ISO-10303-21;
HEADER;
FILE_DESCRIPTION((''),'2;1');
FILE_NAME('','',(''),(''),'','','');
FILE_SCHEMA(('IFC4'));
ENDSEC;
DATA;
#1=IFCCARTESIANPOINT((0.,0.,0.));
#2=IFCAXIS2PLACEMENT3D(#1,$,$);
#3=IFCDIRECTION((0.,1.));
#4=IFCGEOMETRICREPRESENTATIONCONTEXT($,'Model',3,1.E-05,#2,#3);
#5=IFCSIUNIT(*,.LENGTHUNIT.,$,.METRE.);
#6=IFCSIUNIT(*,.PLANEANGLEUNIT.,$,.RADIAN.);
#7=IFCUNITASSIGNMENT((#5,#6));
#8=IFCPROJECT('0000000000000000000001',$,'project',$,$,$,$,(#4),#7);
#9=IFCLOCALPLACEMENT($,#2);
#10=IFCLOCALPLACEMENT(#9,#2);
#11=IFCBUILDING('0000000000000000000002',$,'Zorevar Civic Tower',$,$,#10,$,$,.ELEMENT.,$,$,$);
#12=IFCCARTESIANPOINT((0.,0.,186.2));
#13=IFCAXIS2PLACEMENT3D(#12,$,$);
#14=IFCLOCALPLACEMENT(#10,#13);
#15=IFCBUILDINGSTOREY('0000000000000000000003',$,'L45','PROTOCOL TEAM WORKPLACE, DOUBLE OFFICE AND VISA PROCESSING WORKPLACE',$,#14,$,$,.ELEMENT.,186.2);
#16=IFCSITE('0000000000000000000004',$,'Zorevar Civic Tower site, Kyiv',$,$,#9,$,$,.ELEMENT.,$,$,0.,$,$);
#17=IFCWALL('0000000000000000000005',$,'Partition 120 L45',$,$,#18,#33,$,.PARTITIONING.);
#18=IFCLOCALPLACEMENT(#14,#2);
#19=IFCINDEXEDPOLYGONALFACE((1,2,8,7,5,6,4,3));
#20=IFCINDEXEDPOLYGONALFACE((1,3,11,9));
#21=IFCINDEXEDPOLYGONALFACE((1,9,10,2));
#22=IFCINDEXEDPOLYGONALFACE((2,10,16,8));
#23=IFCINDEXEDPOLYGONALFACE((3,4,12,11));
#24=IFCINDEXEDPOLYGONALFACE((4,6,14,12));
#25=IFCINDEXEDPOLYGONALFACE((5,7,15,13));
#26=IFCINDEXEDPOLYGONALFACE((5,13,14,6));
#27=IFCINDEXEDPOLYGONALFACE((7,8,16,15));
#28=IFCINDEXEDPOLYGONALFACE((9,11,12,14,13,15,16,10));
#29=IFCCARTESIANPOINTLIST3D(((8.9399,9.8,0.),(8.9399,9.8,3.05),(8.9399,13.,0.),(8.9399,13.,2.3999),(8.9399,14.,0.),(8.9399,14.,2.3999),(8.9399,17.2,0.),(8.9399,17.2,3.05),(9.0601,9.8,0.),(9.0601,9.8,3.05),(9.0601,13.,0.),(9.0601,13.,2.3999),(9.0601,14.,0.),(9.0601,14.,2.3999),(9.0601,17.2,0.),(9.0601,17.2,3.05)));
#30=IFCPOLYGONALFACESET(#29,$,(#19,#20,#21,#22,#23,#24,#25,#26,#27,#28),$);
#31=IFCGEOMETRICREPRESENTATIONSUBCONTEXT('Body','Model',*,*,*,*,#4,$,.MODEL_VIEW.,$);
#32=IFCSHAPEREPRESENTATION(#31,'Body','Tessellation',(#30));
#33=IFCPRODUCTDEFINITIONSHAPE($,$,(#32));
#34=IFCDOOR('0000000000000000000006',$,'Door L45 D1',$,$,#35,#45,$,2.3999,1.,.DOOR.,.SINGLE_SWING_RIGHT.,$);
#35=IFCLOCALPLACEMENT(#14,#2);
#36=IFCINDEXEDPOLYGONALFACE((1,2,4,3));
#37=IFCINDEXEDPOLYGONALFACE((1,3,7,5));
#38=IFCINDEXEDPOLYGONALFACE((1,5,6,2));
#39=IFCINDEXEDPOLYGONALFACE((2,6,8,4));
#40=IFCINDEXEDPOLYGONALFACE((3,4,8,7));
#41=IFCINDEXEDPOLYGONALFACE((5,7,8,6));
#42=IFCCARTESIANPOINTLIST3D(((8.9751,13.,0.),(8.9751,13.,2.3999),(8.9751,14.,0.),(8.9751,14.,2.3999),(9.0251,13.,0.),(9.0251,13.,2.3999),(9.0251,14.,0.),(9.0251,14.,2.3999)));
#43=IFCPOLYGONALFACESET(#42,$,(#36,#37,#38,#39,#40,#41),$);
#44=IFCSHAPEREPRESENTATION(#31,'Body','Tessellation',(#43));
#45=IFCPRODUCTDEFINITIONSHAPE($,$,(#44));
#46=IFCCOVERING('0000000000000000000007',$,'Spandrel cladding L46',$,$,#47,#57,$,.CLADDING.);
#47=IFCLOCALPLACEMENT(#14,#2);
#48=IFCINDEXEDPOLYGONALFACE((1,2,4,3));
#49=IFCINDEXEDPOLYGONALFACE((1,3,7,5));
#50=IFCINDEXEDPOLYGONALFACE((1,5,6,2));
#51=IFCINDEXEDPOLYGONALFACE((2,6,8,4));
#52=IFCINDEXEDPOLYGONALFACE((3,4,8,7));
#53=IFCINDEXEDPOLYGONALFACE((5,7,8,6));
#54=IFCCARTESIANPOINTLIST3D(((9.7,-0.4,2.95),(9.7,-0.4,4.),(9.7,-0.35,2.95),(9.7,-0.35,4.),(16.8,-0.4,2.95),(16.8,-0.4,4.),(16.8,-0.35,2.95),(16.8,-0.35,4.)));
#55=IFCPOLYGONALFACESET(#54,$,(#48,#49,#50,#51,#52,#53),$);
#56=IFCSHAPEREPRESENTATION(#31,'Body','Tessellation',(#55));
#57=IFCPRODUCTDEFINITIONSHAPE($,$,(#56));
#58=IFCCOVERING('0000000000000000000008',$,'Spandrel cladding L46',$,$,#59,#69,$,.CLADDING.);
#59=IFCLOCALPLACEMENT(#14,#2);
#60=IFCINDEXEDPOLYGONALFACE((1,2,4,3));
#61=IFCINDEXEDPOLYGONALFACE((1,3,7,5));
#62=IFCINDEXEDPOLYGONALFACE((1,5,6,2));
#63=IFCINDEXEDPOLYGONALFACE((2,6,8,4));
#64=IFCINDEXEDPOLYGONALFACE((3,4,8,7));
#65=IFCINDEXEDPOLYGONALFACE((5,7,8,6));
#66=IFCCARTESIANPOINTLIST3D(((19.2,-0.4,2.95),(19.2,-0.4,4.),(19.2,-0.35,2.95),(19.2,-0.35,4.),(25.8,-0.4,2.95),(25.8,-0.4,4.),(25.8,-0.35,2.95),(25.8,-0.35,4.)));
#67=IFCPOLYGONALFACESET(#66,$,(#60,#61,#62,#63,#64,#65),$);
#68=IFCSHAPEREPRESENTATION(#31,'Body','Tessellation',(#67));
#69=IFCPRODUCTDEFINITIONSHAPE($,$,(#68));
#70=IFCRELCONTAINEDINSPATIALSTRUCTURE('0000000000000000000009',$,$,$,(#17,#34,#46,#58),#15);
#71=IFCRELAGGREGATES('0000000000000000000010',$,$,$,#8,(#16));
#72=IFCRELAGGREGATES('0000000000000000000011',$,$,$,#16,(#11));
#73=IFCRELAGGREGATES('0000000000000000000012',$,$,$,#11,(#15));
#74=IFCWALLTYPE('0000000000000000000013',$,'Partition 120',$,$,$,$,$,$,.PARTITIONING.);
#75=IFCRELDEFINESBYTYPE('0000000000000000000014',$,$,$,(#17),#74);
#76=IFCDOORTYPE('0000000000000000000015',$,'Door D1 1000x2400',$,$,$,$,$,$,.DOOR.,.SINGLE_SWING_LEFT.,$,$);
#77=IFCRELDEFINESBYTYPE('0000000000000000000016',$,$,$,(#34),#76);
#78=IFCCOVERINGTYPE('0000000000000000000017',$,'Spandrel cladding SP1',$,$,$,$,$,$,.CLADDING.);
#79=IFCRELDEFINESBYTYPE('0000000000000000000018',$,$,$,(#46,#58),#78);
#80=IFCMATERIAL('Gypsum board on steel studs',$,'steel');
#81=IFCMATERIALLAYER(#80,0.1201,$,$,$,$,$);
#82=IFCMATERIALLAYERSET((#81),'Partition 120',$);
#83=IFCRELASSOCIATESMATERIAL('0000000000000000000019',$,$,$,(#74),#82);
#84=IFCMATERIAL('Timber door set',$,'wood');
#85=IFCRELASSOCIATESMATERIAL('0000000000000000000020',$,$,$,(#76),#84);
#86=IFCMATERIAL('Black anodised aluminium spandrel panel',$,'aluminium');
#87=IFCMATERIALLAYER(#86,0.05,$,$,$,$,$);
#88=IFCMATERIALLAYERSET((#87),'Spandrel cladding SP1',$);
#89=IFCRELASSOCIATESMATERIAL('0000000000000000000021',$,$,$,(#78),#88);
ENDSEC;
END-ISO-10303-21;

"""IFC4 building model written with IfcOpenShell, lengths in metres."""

from ifc_helpers import new_model, si_unit, direction, frame, frame_2d, origin, place, context, subcontext, project, spatial, rectangle, extrude, material, layer, layer_set, type_object, element, fill, save


model = new_model("IFC4")

# Units and contexts
model_context = context("Model", 3, precision=1e-05, world=origin(), true_north=direction((0.0, 1.0)))
body_context = subcontext(model_context, "Body", "Model", "MODEL_VIEW")
ifc_project = project(units=[si_unit("LENGTHUNIT", "METRE"), si_unit("PLANEANGLEUNIT", "RADIAN")], contexts=[model_context])

# Site, building, storey
site_placement = place(None, origin())
site = spatial("IfcSite", under=ifc_project, at=site_placement, Name="Zorevar Civic Tower site, Kyiv", CompositionType="ELEMENT", RefElevation=0.0)
building_placement = place(site_placement, origin())
building = spatial("IfcBuilding", under=site, at=building_placement, Name="Zorevar Civic Tower", CompositionType="ELEMENT")
storey_placement = place(building_placement, frame((0.0, 0.0, 186.2)))
storey = spatial("IfcBuildingStorey", under=building, at=storey_placement, Name="L45", Description="PROTOCOL TEAM WORKPLACE, DOUBLE OFFICE AND VISA PROCESSING WORKPLACE", CompositionType="ELEMENT", Elevation=186.2)

# Wall, opening, door
ifc_material_1 = material(Name="Gypsum board on steel studs", Category="steel")
ifc_layer_1 = layer(ifc_material_1, 0.1201)
ifc_layer_set_1 = layer_set([ifc_layer_1], Name="Partition 120")
wall_type_1 = type_object("IfcWallType", Name="Partition 120", PredefinedType="PARTITIONING", material=ifc_layer_set_1)
wall_1_placement = place(storey_placement, frame((9.0, 9.8, 0.0), z_axis=(0.0, 0.0, 1.0), x_axis=(0.0, 1.0, 0.0)))
wall_1 = element("IfcWall", 1, at=wall_1_placement, inside=storey, type_object=wall_type_1, Name="Partition 120 L45", PredefinedType="PARTITIONING", context=body_context, shape_type="SweptSolid", body=[
    extrude(rectangle(XDim=7.3999, YDim=0.1201, at=frame_2d((3.7, 0.0))), origin(), (0.0, 0.0, 1.0), 3.05),
])
opening_1_placement = place(wall_1_placement, frame((3.2, 0.0, 0.0)))
opening_1 = element("IfcOpeningElement", 2, at=opening_1_placement, cuts=wall_1, PredefinedType="OPENING", context=body_context, shape_type="SweptSolid", body=[
    extrude(rectangle(XDim=1.0, YDim=2.3999, at=frame_2d((0.5, 1.2))), frame((0.0, 0.0701, 0.0), z_axis=(0.0, -1.0, 0.0), x_axis=(1.0, 0.0, 0.0)), (0.0, 0.0, 1.0), 0.1401),
])
ifc_material_2 = material(Name="Timber door set", Category="wood")
door_type_1 = type_object("IfcDoorType", Name="Door D1 1000x2400", OperationType="SINGLE_SWING_LEFT", PredefinedType="DOOR", material=ifc_material_2)
door_1_placement = place(opening_1_placement, origin())
door_1 = element("IfcDoor", 3, at=door_1_placement, inside=storey, type_object=door_type_1, Name="Door L45 D1", OperationType="SINGLE_SWING_RIGHT", OverallHeight=2.3999, OverallWidth=1.0, PredefinedType="DOOR", context=body_context, shape_type="SweptSolid", body=[
    extrude(rectangle(XDim=1.0, YDim=2.3999, at=frame_2d((0.5, 1.2))), frame((0.0, 0.0249, 0.0), z_axis=(0.0, -1.0, 0.0), x_axis=(1.0, 0.0, 0.0)), (0.0, 0.0, 1.0), 0.05),
])
fill(opening_1, door_1)

# Coverings
ifc_material_3 = material(Name="Black anodised aluminium spandrel panel", Category="aluminium")
ifc_layer_2 = layer(ifc_material_3, 0.05)
ifc_layer_set_2 = layer_set([ifc_layer_2], Name="Spandrel cladding SP1")
covering_type = type_object("IfcCoveringType", Name="Spandrel cladding SP1", PredefinedType="CLADDING", material=ifc_layer_set_2)
covering_1_placement = place(storey_placement, frame((9.7, -0.375, 2.95), z_axis=(0.0, 0.0, 1.0), x_axis=(1.0, 0.0, 0.0)))
element("IfcCovering", 4, at=covering_1_placement, inside=storey, type_object=covering_type, Name="Spandrel cladding L46", PredefinedType="CLADDING", context=body_context, shape_type="SweptSolid", body=[
    extrude(rectangle(XDim=7.1001, YDim=0.05, at=frame_2d((3.55, 0.0))), origin(), (0.0, 0.0, 1.0), 1.05),
])
covering_2_placement = place(storey_placement, frame((19.2, -0.375, 2.95), z_axis=(0.0, 0.0, 1.0), x_axis=(1.0, 0.0, 0.0)))
element("IfcCovering", 5, at=covering_2_placement, inside=storey, type_object=covering_type, Name="Spandrel cladding L46", PredefinedType="CLADDING", context=body_context, shape_type="SweptSolid", body=[
    extrude(rectangle(XDim=6.6001, YDim=0.05, at=frame_2d((3.3, 0.0))), origin(), (0.0, 0.0, 1.0), 1.05),
])

save(model, "model.ifc")
